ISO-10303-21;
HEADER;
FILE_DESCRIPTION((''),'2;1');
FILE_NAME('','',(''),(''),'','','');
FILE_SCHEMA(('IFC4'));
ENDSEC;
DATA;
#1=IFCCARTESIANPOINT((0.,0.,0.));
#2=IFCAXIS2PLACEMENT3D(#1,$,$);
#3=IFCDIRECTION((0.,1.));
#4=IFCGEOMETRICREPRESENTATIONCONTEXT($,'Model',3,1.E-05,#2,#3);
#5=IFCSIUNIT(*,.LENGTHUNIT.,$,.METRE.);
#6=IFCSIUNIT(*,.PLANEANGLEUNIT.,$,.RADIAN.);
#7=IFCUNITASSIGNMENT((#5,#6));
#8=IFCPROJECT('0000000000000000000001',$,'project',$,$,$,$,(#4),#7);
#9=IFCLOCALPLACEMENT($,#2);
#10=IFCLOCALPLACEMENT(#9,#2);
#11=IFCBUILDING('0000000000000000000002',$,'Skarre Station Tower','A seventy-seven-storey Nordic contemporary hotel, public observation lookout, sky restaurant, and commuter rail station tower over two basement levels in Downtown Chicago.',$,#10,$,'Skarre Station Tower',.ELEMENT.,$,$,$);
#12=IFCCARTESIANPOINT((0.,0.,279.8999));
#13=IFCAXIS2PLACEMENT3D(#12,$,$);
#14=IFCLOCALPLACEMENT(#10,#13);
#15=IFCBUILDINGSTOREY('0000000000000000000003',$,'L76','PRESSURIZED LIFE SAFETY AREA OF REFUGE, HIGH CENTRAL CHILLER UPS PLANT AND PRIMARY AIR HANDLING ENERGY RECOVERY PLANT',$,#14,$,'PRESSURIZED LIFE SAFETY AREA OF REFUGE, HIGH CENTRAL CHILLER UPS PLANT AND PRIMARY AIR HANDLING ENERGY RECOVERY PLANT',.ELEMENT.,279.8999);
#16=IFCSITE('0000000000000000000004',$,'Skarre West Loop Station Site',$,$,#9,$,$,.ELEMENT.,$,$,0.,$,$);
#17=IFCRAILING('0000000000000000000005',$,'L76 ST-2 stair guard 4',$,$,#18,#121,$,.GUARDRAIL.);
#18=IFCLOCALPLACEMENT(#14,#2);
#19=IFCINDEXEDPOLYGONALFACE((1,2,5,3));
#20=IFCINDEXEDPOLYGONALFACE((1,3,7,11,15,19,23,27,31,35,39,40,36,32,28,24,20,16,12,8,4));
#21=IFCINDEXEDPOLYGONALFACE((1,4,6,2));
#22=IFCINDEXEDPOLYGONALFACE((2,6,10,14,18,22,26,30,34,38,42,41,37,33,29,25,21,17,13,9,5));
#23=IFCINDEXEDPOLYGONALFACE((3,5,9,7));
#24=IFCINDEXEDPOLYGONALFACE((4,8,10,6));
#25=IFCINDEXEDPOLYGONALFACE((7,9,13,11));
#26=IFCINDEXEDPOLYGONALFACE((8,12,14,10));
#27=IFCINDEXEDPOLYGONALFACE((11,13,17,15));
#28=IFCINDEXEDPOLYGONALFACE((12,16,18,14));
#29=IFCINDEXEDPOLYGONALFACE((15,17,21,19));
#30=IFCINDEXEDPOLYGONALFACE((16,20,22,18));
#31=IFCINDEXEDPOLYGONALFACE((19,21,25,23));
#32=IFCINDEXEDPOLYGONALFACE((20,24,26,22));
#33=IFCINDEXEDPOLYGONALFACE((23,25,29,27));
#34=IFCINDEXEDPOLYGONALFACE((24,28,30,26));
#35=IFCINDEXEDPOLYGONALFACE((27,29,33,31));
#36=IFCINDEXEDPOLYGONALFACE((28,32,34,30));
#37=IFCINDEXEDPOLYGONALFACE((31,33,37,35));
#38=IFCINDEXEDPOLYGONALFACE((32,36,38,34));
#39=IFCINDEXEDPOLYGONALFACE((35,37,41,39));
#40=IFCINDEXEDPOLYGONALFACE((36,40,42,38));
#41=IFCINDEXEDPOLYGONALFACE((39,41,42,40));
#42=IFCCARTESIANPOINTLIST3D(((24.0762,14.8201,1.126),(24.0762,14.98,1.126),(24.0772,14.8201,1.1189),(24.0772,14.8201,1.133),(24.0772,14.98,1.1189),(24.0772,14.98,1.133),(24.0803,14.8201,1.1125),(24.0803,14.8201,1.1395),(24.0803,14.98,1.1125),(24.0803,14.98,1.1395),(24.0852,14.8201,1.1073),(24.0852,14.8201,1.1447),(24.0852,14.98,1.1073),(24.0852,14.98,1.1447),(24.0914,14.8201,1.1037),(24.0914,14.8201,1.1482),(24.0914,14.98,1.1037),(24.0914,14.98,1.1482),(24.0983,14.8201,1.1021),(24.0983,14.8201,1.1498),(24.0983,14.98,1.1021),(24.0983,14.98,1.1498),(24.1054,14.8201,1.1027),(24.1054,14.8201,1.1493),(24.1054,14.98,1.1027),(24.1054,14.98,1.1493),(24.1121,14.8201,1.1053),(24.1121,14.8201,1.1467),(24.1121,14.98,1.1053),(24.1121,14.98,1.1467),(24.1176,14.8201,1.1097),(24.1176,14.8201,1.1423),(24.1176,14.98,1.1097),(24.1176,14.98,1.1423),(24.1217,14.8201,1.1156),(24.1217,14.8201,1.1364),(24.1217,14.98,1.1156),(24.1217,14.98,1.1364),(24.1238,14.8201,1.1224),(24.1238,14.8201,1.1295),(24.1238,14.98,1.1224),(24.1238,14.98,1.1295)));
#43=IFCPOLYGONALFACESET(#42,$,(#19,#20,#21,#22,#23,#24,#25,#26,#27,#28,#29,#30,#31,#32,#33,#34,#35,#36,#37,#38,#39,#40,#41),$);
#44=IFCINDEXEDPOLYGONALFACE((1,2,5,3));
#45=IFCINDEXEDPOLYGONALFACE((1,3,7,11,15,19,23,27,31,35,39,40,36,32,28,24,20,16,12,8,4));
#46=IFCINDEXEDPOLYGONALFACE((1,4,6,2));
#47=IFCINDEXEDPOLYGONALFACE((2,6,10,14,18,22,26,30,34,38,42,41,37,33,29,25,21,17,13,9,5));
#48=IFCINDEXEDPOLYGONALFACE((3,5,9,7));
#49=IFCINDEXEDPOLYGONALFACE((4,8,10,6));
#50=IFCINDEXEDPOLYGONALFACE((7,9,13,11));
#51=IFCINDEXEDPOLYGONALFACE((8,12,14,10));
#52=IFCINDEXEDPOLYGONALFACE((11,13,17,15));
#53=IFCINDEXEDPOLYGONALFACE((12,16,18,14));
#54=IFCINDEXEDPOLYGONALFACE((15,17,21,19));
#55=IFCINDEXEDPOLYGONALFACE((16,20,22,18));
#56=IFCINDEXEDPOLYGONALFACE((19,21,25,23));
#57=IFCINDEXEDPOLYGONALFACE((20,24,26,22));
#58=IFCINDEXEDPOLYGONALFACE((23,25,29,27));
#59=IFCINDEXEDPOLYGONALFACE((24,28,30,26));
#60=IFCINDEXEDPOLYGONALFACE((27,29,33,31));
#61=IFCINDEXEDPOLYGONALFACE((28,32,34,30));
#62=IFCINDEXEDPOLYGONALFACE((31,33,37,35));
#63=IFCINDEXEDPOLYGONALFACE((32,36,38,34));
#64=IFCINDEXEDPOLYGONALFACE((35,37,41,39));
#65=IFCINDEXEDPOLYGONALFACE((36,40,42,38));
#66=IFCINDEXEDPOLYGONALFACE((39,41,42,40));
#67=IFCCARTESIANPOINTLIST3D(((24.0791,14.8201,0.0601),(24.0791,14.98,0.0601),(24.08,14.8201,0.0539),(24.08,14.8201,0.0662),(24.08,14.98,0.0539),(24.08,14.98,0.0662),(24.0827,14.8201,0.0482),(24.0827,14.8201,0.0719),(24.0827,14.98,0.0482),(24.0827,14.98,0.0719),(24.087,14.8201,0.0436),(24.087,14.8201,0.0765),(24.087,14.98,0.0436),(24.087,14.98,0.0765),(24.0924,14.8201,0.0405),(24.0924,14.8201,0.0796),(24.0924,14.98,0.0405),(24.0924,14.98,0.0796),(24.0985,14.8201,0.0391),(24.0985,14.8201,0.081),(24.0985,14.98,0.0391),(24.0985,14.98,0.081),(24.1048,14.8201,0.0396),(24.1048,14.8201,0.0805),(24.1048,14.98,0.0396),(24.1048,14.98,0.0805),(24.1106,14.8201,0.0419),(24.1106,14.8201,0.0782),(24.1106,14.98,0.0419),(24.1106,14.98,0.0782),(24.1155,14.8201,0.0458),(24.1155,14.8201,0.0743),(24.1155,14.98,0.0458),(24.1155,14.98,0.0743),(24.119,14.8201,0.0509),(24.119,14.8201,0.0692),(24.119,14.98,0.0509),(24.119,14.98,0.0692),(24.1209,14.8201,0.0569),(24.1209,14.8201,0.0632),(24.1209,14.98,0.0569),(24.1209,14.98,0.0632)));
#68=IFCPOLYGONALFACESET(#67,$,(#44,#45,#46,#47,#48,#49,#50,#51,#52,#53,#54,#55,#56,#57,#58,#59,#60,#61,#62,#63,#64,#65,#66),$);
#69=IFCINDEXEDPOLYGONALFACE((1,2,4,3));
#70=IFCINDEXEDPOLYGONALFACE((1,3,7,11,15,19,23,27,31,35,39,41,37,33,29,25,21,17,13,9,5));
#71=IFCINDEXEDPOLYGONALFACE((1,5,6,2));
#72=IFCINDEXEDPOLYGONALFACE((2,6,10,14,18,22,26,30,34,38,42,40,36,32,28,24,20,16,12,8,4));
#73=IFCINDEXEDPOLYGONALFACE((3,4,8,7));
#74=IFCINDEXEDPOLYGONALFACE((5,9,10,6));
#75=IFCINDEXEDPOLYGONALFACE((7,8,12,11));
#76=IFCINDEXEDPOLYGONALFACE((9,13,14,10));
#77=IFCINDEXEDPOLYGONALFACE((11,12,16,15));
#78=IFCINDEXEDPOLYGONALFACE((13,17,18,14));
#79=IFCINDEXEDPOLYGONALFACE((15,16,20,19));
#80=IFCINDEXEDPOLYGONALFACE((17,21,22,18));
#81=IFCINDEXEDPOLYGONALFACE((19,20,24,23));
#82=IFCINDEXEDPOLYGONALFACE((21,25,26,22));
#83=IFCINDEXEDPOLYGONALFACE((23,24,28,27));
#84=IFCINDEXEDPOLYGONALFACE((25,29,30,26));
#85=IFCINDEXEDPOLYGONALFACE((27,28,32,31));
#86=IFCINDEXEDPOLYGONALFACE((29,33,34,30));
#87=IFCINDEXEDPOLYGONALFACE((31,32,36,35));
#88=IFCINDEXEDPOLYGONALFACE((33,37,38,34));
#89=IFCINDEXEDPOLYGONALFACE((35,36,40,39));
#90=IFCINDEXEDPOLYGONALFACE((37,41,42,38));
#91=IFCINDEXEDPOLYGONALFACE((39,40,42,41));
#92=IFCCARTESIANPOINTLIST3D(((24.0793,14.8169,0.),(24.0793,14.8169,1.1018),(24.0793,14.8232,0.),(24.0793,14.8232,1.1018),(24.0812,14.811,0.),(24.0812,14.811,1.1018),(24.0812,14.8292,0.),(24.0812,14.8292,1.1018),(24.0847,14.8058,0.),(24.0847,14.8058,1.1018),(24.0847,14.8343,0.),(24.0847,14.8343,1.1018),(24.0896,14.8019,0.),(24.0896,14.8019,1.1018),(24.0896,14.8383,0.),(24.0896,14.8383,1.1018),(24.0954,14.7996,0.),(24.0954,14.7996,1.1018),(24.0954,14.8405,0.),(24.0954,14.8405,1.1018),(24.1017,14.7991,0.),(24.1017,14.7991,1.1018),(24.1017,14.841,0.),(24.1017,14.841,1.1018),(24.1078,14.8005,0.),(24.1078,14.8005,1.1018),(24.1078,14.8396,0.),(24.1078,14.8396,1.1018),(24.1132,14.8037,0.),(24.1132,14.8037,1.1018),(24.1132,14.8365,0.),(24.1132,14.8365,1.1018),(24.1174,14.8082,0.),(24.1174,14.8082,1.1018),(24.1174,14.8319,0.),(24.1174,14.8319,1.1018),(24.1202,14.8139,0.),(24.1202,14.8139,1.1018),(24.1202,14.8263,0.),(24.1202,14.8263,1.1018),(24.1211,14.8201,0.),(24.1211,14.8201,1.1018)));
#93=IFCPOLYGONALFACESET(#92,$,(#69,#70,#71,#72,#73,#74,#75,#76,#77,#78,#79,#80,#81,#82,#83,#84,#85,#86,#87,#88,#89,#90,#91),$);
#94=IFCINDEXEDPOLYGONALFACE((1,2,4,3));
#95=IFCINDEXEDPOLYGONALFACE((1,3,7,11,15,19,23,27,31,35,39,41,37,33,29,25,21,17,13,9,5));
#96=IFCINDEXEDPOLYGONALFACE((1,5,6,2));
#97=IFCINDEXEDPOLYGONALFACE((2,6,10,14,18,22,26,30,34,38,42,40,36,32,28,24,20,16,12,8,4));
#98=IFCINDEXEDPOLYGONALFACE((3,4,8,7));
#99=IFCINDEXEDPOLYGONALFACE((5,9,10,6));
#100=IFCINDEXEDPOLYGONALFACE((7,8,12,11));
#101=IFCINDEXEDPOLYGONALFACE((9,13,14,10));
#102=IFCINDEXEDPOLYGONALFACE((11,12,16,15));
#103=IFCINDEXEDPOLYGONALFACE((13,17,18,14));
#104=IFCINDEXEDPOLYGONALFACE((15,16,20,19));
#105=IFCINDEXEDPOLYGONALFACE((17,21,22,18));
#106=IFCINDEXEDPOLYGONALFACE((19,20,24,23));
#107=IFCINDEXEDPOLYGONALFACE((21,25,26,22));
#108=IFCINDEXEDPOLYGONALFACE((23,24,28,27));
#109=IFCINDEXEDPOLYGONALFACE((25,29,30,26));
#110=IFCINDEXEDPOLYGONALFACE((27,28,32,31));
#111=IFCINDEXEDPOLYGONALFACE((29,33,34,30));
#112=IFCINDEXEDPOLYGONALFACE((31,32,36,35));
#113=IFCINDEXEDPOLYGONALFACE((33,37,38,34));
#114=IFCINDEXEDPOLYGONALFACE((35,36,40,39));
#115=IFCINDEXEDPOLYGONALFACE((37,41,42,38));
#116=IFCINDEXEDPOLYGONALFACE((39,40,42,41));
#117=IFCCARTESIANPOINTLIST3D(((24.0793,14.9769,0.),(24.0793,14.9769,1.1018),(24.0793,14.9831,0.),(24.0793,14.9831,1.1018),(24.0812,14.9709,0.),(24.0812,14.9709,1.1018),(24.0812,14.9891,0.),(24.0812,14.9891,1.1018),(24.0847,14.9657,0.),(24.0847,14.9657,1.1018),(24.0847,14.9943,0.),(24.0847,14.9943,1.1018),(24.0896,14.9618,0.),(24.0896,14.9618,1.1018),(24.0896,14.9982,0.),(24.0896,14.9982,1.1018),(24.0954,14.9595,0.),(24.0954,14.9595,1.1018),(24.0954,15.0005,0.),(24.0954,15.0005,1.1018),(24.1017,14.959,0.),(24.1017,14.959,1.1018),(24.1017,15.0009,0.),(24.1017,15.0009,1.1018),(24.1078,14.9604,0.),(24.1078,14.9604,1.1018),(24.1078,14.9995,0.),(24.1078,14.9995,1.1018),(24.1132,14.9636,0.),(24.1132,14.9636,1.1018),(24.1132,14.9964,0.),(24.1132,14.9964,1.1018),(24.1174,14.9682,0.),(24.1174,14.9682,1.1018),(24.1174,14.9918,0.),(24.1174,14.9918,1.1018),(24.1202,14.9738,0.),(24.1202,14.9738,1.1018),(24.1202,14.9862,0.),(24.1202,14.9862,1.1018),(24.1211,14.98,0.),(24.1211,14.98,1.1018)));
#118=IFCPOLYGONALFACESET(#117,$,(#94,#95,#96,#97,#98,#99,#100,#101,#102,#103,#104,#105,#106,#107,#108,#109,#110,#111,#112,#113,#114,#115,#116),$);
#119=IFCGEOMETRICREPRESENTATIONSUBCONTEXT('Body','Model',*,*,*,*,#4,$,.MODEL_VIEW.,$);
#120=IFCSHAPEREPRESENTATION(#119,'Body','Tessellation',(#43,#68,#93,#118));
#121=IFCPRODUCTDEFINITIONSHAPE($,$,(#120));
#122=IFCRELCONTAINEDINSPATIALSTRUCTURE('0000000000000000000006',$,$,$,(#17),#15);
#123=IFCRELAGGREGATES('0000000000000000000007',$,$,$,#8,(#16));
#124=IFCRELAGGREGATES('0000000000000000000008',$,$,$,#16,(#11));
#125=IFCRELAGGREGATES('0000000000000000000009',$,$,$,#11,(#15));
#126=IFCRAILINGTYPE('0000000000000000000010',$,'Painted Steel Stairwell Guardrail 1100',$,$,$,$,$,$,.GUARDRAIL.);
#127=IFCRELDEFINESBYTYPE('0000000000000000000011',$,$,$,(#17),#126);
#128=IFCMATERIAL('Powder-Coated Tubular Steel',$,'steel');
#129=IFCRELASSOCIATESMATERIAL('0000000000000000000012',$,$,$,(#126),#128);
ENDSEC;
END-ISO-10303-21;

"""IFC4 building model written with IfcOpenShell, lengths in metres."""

from ifc_helpers import new_model, si_unit, direction, frame, origin, origin_2d, place, context, subcontext, project, spatial, circle, extrude, material, type_object, element, save


model = new_model("IFC4")

# Units and contexts
model_context = context("Model", 3, precision=1e-05, world=origin(), true_north=direction((0.0, 1.0)))
body_context = subcontext(model_context, "Body", "Model", "MODEL_VIEW")
ifc_project = project(units=[si_unit("LENGTHUNIT", "METRE"), si_unit("PLANEANGLEUNIT", "RADIAN")], contexts=[model_context])

# Site, building, storey
site_placement = place(None, origin())
site = spatial("IfcSite", under=ifc_project, at=site_placement, Name="Skarre West Loop Station Site", CompositionType="ELEMENT", RefElevation=0.0)
building_placement = place(site_placement, origin())
building = spatial("IfcBuilding", under=site, at=building_placement, Name="Skarre Station Tower", Description="A seventy-seven-storey Nordic contemporary hotel, public observation lookout, sky restaurant, and commuter rail station tower over two basement levels in Downtown Chicago.", LongName="Skarre Station Tower", CompositionType="ELEMENT")
storey_placement = place(building_placement, frame((0.0, 0.0, 279.8999)))
storey = spatial("IfcBuildingStorey", under=building, at=storey_placement, Name="L76", Description="PRESSURIZED LIFE SAFETY AREA OF REFUGE, HIGH CENTRAL CHILLER UPS PLANT AND PRIMARY AIR HANDLING ENERGY RECOVERY PLANT", LongName="PRESSURIZED LIFE SAFETY AREA OF REFUGE, HIGH CENTRAL CHILLER UPS PLANT AND PRIMARY AIR HANDLING ENERGY RECOVERY PLANT", CompositionType="ELEMENT", Elevation=279.8999)

# Railing
ifc_material_1 = material(Name="Powder-Coated Tubular Steel", Category="steel")
railing_type_1 = type_object("IfcRailingType", Name="Painted Steel Stairwell Guardrail 1100", PredefinedType="GUARDRAIL", material=ifc_material_1)
railing_1_placement = place(storey_placement, frame((24.1001, 14.8201, 0.0)))
element("IfcRailing", 1, at=railing_1_placement, inside=storey, type_object=railing_type_1, Name="L76 ST-2 stair guard 4", PredefinedType="GUARDRAIL", context=body_context, shape_type="SweptSolid", body=[
    extrude(circle(Radius=0.0239, at=origin_2d()), frame((0.0, 0.0, 1.126), z_axis=(0.0, 1.0, 0.0), x_axis=(-1.0, 0.0, 0.0)), (0.0, 0.0, 1.0), 0.1599),
    extrude(circle(Radius=0.021, at=origin_2d()), frame((0.0, 0.0, 0.0601), z_axis=(0.0, 1.0, 0.0), x_axis=(-1.0, 0.0, 0.0)), (0.0, 0.0, 1.0), 0.1599),
    extrude(circle(Radius=0.021, at=origin_2d()), origin(), (0.0, 0.0, 1.0), 1.1018),
    extrude(circle(Radius=0.021, at=origin_2d()), frame((0.0, 0.1599, 0.0)), (0.0, 0.0, 1.0), 1.1018),
])

save(model, "model.ifc")
